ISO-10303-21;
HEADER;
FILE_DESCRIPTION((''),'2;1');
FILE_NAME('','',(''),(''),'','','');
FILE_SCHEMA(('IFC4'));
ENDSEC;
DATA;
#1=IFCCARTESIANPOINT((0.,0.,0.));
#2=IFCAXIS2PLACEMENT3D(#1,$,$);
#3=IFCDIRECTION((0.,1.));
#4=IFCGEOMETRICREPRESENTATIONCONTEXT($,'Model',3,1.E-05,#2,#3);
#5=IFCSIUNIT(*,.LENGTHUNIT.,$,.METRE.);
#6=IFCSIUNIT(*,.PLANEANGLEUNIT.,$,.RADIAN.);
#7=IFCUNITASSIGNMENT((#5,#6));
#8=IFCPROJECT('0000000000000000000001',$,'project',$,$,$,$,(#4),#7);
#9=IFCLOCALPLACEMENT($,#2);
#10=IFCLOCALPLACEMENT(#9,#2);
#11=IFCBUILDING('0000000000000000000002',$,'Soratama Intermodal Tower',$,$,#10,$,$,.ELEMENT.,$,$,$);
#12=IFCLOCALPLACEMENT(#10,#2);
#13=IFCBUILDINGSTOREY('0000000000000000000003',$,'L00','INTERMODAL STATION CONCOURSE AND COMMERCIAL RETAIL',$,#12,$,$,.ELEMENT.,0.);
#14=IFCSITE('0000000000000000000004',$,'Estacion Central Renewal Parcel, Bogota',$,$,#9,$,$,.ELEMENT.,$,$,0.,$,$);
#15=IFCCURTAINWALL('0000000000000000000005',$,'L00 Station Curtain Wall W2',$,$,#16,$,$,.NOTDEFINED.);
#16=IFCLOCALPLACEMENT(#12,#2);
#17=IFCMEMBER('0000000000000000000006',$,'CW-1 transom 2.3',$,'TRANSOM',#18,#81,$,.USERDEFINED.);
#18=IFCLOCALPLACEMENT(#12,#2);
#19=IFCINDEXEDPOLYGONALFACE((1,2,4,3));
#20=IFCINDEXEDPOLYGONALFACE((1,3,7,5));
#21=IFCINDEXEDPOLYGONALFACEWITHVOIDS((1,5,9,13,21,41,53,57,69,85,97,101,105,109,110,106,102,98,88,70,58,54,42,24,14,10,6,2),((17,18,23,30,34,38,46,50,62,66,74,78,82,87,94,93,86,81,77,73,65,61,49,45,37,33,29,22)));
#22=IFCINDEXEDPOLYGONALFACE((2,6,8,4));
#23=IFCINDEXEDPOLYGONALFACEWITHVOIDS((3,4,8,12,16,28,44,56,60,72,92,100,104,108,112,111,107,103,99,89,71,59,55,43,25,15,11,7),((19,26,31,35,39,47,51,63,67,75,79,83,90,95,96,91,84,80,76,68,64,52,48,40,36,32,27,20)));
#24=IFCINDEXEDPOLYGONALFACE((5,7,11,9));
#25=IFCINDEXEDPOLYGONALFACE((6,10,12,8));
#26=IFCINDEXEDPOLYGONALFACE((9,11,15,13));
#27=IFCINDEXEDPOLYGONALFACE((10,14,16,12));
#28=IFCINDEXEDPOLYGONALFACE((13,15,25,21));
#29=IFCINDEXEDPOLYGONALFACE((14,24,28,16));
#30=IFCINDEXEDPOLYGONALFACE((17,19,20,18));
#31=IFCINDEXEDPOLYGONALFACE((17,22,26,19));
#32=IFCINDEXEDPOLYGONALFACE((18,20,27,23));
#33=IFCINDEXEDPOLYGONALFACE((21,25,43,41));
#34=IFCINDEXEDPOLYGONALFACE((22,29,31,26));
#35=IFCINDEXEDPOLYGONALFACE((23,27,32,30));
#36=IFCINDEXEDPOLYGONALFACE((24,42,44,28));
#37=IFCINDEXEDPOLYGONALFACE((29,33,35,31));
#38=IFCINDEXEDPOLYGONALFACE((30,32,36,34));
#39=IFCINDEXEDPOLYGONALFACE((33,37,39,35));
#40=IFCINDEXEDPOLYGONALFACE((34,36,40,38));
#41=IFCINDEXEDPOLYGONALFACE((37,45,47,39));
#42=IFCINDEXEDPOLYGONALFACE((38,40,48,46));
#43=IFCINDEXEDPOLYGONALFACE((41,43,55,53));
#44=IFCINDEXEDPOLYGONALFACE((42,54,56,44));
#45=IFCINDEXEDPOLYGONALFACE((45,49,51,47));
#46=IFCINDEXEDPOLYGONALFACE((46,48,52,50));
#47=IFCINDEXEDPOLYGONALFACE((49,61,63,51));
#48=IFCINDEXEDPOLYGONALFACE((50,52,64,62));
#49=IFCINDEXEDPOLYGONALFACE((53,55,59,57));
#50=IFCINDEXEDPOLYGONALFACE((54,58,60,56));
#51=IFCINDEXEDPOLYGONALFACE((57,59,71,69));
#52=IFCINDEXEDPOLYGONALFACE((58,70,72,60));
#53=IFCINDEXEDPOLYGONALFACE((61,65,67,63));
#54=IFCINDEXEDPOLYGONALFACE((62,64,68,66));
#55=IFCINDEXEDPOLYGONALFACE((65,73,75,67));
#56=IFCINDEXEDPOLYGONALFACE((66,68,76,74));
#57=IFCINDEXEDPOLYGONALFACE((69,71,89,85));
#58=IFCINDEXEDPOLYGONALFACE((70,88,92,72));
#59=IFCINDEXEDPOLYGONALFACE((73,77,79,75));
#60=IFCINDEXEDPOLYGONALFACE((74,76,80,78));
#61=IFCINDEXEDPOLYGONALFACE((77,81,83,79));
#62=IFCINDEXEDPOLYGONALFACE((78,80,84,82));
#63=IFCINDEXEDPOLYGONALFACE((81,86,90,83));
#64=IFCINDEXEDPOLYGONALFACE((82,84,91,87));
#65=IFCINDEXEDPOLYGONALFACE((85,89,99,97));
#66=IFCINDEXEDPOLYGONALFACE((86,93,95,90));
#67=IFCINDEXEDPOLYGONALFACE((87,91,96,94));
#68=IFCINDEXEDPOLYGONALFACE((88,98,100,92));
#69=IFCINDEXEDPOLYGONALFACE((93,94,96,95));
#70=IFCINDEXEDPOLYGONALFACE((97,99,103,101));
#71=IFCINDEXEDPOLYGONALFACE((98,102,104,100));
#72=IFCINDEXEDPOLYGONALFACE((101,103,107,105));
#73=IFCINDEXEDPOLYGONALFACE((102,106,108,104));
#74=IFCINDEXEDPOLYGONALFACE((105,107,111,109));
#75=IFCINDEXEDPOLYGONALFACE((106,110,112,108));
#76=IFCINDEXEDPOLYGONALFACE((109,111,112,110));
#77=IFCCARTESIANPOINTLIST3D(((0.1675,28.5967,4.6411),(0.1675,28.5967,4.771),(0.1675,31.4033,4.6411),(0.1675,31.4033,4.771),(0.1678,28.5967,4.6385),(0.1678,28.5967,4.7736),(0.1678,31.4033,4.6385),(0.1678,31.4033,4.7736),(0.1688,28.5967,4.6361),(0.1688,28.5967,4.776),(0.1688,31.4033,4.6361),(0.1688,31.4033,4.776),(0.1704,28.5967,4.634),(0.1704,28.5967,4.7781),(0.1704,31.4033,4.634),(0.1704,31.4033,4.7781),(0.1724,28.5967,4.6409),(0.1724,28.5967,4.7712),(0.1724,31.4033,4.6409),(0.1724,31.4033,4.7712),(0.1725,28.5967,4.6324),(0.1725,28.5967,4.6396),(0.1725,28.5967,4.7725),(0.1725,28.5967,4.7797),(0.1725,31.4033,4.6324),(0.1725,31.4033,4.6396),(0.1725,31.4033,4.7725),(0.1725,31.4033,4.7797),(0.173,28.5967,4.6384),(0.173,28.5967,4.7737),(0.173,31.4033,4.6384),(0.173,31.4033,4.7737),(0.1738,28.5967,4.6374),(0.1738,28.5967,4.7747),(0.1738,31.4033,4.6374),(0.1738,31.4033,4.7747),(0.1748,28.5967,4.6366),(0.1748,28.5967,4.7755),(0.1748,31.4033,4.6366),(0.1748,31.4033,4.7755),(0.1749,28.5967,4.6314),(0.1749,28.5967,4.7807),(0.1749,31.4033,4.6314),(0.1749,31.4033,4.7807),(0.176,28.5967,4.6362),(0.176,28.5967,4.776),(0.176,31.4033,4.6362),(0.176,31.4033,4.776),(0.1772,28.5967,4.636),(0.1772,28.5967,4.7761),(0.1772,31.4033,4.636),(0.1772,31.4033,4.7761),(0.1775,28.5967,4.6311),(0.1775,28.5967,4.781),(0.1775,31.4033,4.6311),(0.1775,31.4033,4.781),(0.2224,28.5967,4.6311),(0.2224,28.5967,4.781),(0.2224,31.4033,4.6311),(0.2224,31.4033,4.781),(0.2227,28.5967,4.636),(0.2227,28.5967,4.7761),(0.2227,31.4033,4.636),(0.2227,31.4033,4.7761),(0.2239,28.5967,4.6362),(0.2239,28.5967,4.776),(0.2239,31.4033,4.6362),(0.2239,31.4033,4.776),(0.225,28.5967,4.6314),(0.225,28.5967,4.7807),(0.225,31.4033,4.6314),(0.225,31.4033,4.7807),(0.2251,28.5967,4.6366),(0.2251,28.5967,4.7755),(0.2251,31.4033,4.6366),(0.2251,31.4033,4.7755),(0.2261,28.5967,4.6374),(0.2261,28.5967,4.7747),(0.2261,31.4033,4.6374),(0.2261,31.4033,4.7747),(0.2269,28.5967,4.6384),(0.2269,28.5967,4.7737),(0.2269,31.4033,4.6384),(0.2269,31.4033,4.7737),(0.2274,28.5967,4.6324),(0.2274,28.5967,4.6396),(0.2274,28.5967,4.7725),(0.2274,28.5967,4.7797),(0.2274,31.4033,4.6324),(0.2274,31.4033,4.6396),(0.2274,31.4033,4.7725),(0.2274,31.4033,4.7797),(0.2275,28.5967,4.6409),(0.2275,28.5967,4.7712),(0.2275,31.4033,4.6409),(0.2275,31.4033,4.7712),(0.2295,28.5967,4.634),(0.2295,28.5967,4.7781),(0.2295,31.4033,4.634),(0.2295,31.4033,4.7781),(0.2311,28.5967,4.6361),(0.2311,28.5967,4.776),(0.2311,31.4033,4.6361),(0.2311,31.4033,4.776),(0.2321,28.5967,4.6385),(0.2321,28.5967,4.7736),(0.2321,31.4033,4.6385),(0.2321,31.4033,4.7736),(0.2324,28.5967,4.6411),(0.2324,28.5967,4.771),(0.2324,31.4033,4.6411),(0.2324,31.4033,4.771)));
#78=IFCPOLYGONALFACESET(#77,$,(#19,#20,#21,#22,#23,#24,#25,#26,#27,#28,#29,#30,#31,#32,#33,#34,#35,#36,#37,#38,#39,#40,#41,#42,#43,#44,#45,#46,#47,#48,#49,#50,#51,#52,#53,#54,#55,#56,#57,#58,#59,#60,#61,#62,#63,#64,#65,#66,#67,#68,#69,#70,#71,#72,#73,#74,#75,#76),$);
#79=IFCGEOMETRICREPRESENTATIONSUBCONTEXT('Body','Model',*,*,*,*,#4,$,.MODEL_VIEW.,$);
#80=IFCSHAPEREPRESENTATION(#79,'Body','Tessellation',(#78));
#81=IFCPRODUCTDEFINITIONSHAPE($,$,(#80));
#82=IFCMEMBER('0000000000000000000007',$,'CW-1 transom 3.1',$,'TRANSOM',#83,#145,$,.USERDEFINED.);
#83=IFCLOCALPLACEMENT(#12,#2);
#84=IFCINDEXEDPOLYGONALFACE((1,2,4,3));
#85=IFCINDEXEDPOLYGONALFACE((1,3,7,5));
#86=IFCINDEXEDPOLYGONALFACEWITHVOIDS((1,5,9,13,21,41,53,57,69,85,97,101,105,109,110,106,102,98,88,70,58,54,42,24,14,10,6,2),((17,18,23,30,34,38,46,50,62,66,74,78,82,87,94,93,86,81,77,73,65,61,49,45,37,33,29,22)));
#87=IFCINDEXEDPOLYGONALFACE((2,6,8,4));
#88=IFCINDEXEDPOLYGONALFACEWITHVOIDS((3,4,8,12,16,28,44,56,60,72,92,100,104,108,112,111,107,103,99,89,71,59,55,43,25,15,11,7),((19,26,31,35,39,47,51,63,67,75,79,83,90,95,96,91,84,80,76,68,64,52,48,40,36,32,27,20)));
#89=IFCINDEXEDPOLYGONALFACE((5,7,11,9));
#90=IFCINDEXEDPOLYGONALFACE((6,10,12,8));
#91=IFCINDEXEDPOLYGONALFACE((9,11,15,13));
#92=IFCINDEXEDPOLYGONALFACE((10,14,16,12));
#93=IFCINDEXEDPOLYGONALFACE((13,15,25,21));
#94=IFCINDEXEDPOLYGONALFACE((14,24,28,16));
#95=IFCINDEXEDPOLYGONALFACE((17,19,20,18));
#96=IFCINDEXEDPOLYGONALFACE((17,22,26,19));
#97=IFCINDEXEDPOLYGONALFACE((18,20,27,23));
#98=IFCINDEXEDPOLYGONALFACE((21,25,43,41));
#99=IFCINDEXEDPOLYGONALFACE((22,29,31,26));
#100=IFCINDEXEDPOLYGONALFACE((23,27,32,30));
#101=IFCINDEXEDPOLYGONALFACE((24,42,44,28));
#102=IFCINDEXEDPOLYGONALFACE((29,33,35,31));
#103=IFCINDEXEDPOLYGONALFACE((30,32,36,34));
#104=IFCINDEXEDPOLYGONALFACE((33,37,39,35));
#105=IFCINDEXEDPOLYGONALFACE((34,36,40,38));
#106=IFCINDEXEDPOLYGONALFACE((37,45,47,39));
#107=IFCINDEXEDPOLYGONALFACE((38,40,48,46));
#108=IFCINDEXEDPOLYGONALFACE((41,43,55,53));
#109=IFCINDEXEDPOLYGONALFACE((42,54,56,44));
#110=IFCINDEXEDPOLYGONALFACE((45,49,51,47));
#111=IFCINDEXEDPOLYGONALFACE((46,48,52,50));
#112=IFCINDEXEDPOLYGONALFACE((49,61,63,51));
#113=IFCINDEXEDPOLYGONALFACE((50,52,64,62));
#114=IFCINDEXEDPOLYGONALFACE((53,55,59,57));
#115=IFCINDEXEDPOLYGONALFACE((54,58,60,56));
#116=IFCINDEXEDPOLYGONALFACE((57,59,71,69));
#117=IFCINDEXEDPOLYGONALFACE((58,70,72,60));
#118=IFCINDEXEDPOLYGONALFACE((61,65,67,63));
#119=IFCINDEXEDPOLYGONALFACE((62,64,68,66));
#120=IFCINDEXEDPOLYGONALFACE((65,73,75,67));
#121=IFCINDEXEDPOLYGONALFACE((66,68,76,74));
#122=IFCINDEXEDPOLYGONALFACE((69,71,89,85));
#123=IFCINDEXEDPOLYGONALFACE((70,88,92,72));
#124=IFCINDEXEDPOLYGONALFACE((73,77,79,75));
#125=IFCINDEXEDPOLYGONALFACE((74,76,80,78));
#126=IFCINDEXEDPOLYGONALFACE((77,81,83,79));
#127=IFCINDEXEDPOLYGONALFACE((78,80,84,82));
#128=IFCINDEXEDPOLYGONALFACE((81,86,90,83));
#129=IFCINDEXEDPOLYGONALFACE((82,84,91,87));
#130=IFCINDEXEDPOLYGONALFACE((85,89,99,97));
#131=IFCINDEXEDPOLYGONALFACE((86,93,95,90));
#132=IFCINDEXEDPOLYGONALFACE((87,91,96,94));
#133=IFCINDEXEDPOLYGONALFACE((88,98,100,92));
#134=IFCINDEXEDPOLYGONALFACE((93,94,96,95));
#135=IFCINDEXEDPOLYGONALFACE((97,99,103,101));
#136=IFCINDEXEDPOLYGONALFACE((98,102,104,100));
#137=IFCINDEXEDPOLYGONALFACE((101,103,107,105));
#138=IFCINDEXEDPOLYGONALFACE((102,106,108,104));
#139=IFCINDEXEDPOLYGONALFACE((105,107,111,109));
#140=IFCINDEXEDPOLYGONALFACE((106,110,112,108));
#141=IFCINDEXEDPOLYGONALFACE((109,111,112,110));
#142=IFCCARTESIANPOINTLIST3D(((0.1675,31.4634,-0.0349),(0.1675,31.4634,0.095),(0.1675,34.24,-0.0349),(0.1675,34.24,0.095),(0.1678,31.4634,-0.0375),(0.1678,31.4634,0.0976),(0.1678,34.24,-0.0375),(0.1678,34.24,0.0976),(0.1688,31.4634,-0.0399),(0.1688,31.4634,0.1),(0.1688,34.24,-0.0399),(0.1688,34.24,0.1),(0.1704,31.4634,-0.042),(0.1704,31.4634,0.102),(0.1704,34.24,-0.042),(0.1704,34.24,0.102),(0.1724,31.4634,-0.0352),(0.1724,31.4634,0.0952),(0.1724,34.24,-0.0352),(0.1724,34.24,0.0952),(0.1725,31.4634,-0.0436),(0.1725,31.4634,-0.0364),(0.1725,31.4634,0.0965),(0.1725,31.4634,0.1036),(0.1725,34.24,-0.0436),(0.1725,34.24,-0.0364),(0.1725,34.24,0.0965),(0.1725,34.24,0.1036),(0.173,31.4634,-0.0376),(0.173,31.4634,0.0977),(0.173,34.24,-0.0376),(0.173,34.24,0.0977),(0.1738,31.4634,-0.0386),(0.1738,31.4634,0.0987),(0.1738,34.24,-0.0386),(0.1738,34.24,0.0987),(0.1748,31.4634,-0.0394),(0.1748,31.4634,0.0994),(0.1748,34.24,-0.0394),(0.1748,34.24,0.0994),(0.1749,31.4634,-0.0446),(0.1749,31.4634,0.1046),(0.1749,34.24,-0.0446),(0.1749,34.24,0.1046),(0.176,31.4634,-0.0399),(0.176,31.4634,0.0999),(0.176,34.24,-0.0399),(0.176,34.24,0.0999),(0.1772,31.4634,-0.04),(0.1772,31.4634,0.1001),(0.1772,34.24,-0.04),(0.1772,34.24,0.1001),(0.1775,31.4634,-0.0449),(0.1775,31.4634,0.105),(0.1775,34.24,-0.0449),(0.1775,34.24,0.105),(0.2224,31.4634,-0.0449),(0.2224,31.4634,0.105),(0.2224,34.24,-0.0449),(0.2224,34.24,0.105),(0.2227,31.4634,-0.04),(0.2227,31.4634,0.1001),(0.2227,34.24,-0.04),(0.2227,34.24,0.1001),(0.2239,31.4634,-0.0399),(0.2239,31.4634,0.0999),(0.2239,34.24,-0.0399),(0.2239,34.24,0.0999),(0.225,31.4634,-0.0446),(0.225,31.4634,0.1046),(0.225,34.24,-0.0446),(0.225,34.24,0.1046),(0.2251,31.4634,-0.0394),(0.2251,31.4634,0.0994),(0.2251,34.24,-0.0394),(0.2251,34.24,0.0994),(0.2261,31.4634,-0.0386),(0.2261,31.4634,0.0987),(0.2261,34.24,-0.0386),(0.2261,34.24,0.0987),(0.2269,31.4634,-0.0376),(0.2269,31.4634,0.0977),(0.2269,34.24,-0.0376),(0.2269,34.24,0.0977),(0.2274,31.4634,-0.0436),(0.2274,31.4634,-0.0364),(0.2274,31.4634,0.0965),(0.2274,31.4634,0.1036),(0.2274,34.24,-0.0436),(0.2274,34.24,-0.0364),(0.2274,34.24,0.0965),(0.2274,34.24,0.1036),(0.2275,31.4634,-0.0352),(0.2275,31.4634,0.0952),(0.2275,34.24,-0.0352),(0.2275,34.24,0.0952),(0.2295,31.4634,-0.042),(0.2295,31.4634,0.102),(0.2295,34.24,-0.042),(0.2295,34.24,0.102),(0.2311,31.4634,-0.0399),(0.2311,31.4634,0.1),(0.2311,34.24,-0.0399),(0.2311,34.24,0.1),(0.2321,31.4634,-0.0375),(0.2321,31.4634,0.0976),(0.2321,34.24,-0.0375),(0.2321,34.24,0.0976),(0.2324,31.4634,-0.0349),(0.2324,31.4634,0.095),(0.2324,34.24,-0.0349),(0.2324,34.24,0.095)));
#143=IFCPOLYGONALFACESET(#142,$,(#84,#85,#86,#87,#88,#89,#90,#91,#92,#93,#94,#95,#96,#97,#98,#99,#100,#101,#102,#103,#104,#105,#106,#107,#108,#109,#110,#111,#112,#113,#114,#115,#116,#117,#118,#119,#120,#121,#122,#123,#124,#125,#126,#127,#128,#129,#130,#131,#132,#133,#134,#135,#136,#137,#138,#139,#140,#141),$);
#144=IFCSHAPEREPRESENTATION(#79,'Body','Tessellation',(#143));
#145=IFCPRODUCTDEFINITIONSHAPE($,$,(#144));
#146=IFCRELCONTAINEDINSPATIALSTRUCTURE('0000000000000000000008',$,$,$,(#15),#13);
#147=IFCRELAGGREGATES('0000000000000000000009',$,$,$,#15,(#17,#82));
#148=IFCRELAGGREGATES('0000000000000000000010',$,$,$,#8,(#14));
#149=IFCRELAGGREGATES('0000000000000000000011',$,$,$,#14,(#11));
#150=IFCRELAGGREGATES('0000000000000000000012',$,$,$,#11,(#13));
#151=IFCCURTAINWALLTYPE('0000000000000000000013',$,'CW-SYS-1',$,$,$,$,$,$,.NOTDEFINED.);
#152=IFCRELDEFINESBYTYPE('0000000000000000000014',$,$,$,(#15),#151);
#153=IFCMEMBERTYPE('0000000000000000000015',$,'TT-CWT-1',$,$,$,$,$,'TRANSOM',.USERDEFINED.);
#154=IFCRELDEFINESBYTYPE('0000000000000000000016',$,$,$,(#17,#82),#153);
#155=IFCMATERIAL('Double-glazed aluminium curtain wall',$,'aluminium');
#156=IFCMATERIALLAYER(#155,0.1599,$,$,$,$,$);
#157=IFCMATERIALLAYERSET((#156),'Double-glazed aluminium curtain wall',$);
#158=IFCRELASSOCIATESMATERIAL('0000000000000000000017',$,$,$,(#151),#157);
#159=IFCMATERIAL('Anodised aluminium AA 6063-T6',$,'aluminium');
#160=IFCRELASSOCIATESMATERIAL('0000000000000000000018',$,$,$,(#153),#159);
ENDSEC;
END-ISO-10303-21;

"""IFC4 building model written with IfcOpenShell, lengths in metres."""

from ifc_helpers import new_model, si_unit, direction, frame, origin, origin_2d, place, context, subcontext, project, spatial, hollow_rectangle, extrude, material, layer, layer_set, material_profile, profile_set, type_object, element, aggregate, save


model = new_model("IFC4")

# Units and contexts
model_context = context("Model", 3, precision=1e-05, world=origin(), true_north=direction((0.0, 1.0)))
body_context = subcontext(model_context, "Body", "Model", "MODEL_VIEW")
ifc_project = project(units=[si_unit("LENGTHUNIT", "METRE"), si_unit("PLANEANGLEUNIT", "RADIAN")], contexts=[model_context])

# Site, building, storey
site_placement = place(None, origin())
site = spatial("IfcSite", under=ifc_project, at=site_placement, Name="Estacion Central Renewal Parcel, Bogota", CompositionType="ELEMENT", RefElevation=0.0)
building_placement = place(site_placement, origin())
building = spatial("IfcBuilding", under=site, at=building_placement, Name="Soratama Intermodal Tower", CompositionType="ELEMENT")
storey_placement = place(building_placement, origin())
storey = spatial("IfcBuildingStorey", under=building, at=storey_placement, Name="L00", Description="INTERMODAL STATION CONCOURSE AND COMMERCIAL RETAIL", CompositionType="ELEMENT", Elevation=0.0)

# Curtain wall, members
ifc_material_1 = material(Name="Double-glazed aluminium curtain wall", Category="aluminium")
ifc_layer_1 = layer(ifc_material_1, 0.1599)
ifc_layer_set_1 = layer_set([ifc_layer_1], Name="Double-glazed aluminium curtain wall")
curtain_wall_type = type_object("IfcCurtainWallType", Name="CW-SYS-1", PredefinedType="NOTDEFINED", material=ifc_layer_set_1)
curtain_wall_placement = place(storey_placement, origin())
curtain_wall = element("IfcCurtainWall", 1, at=curtain_wall_placement, inside=storey, type_object=curtain_wall_type, Name="L00 Station Curtain Wall W2", PredefinedType="NOTDEFINED")
ifc_material_2 = material(Name="Anodised aluminium AA 6063-T6", Category="aluminium")
ifc_material_profile_1 = material_profile(ifc_material_2, hollow_rectangle(XDim=0.0649, YDim=0.1499, WallThickness=0.0049, InnerFilletRadius=0.0049, OuterFilletRadius=0.01, at=origin_2d()), Name="CWT150X65X5")
ifc_profile_set_1 = profile_set([ifc_material_profile_1], Name="Anodised aluminium AA 6063-T6")
member_type_1 = type_object("IfcMemberType", Name="TT-CWT-1", ElementType="TRANSOM", PredefinedType="USERDEFINED", material=ifc_profile_set_1)
member_1_placement = place(storey_placement, frame((0.2, 28.5967, 4.7061), z_axis=(0.0, 1.0, 0.0), x_axis=(-1.0, 0.0, 0.0)))
member_1 = element("IfcMember", 2, at=member_1_placement, type_object=member_type_1, Name="CW-1 transom 2.3", ObjectType="TRANSOM", PredefinedType="USERDEFINED", context=body_context, shape_type="SweptSolid", body=[
    extrude(hollow_rectangle(XDim=0.0649, YDim=0.1499, WallThickness=0.0049, InnerFilletRadius=0.0049, OuterFilletRadius=0.01, at=origin_2d()), origin(), (0.0, 0.0, 1.0), 2.8066),
])
member_2_placement = place(storey_placement, frame((0.2, 31.4634, 0.03), z_axis=(0.0, 1.0, 0.0), x_axis=(-1.0, 0.0, 0.0)))
member_2 = element("IfcMember", 3, at=member_2_placement, type_object=member_type_1, Name="CW-1 transom 3.1", ObjectType="TRANSOM", PredefinedType="USERDEFINED", context=body_context, shape_type="SweptSolid", body=[
    extrude(hollow_rectangle(XDim=0.0649, YDim=0.1499, WallThickness=0.0049, InnerFilletRadius=0.0049, OuterFilletRadius=0.01, at=origin_2d()), origin(), (0.0, 0.0, 1.0), 2.7766),
])
aggregate(curtain_wall, [member_1, member_2])

save(model, "model.ifc")
